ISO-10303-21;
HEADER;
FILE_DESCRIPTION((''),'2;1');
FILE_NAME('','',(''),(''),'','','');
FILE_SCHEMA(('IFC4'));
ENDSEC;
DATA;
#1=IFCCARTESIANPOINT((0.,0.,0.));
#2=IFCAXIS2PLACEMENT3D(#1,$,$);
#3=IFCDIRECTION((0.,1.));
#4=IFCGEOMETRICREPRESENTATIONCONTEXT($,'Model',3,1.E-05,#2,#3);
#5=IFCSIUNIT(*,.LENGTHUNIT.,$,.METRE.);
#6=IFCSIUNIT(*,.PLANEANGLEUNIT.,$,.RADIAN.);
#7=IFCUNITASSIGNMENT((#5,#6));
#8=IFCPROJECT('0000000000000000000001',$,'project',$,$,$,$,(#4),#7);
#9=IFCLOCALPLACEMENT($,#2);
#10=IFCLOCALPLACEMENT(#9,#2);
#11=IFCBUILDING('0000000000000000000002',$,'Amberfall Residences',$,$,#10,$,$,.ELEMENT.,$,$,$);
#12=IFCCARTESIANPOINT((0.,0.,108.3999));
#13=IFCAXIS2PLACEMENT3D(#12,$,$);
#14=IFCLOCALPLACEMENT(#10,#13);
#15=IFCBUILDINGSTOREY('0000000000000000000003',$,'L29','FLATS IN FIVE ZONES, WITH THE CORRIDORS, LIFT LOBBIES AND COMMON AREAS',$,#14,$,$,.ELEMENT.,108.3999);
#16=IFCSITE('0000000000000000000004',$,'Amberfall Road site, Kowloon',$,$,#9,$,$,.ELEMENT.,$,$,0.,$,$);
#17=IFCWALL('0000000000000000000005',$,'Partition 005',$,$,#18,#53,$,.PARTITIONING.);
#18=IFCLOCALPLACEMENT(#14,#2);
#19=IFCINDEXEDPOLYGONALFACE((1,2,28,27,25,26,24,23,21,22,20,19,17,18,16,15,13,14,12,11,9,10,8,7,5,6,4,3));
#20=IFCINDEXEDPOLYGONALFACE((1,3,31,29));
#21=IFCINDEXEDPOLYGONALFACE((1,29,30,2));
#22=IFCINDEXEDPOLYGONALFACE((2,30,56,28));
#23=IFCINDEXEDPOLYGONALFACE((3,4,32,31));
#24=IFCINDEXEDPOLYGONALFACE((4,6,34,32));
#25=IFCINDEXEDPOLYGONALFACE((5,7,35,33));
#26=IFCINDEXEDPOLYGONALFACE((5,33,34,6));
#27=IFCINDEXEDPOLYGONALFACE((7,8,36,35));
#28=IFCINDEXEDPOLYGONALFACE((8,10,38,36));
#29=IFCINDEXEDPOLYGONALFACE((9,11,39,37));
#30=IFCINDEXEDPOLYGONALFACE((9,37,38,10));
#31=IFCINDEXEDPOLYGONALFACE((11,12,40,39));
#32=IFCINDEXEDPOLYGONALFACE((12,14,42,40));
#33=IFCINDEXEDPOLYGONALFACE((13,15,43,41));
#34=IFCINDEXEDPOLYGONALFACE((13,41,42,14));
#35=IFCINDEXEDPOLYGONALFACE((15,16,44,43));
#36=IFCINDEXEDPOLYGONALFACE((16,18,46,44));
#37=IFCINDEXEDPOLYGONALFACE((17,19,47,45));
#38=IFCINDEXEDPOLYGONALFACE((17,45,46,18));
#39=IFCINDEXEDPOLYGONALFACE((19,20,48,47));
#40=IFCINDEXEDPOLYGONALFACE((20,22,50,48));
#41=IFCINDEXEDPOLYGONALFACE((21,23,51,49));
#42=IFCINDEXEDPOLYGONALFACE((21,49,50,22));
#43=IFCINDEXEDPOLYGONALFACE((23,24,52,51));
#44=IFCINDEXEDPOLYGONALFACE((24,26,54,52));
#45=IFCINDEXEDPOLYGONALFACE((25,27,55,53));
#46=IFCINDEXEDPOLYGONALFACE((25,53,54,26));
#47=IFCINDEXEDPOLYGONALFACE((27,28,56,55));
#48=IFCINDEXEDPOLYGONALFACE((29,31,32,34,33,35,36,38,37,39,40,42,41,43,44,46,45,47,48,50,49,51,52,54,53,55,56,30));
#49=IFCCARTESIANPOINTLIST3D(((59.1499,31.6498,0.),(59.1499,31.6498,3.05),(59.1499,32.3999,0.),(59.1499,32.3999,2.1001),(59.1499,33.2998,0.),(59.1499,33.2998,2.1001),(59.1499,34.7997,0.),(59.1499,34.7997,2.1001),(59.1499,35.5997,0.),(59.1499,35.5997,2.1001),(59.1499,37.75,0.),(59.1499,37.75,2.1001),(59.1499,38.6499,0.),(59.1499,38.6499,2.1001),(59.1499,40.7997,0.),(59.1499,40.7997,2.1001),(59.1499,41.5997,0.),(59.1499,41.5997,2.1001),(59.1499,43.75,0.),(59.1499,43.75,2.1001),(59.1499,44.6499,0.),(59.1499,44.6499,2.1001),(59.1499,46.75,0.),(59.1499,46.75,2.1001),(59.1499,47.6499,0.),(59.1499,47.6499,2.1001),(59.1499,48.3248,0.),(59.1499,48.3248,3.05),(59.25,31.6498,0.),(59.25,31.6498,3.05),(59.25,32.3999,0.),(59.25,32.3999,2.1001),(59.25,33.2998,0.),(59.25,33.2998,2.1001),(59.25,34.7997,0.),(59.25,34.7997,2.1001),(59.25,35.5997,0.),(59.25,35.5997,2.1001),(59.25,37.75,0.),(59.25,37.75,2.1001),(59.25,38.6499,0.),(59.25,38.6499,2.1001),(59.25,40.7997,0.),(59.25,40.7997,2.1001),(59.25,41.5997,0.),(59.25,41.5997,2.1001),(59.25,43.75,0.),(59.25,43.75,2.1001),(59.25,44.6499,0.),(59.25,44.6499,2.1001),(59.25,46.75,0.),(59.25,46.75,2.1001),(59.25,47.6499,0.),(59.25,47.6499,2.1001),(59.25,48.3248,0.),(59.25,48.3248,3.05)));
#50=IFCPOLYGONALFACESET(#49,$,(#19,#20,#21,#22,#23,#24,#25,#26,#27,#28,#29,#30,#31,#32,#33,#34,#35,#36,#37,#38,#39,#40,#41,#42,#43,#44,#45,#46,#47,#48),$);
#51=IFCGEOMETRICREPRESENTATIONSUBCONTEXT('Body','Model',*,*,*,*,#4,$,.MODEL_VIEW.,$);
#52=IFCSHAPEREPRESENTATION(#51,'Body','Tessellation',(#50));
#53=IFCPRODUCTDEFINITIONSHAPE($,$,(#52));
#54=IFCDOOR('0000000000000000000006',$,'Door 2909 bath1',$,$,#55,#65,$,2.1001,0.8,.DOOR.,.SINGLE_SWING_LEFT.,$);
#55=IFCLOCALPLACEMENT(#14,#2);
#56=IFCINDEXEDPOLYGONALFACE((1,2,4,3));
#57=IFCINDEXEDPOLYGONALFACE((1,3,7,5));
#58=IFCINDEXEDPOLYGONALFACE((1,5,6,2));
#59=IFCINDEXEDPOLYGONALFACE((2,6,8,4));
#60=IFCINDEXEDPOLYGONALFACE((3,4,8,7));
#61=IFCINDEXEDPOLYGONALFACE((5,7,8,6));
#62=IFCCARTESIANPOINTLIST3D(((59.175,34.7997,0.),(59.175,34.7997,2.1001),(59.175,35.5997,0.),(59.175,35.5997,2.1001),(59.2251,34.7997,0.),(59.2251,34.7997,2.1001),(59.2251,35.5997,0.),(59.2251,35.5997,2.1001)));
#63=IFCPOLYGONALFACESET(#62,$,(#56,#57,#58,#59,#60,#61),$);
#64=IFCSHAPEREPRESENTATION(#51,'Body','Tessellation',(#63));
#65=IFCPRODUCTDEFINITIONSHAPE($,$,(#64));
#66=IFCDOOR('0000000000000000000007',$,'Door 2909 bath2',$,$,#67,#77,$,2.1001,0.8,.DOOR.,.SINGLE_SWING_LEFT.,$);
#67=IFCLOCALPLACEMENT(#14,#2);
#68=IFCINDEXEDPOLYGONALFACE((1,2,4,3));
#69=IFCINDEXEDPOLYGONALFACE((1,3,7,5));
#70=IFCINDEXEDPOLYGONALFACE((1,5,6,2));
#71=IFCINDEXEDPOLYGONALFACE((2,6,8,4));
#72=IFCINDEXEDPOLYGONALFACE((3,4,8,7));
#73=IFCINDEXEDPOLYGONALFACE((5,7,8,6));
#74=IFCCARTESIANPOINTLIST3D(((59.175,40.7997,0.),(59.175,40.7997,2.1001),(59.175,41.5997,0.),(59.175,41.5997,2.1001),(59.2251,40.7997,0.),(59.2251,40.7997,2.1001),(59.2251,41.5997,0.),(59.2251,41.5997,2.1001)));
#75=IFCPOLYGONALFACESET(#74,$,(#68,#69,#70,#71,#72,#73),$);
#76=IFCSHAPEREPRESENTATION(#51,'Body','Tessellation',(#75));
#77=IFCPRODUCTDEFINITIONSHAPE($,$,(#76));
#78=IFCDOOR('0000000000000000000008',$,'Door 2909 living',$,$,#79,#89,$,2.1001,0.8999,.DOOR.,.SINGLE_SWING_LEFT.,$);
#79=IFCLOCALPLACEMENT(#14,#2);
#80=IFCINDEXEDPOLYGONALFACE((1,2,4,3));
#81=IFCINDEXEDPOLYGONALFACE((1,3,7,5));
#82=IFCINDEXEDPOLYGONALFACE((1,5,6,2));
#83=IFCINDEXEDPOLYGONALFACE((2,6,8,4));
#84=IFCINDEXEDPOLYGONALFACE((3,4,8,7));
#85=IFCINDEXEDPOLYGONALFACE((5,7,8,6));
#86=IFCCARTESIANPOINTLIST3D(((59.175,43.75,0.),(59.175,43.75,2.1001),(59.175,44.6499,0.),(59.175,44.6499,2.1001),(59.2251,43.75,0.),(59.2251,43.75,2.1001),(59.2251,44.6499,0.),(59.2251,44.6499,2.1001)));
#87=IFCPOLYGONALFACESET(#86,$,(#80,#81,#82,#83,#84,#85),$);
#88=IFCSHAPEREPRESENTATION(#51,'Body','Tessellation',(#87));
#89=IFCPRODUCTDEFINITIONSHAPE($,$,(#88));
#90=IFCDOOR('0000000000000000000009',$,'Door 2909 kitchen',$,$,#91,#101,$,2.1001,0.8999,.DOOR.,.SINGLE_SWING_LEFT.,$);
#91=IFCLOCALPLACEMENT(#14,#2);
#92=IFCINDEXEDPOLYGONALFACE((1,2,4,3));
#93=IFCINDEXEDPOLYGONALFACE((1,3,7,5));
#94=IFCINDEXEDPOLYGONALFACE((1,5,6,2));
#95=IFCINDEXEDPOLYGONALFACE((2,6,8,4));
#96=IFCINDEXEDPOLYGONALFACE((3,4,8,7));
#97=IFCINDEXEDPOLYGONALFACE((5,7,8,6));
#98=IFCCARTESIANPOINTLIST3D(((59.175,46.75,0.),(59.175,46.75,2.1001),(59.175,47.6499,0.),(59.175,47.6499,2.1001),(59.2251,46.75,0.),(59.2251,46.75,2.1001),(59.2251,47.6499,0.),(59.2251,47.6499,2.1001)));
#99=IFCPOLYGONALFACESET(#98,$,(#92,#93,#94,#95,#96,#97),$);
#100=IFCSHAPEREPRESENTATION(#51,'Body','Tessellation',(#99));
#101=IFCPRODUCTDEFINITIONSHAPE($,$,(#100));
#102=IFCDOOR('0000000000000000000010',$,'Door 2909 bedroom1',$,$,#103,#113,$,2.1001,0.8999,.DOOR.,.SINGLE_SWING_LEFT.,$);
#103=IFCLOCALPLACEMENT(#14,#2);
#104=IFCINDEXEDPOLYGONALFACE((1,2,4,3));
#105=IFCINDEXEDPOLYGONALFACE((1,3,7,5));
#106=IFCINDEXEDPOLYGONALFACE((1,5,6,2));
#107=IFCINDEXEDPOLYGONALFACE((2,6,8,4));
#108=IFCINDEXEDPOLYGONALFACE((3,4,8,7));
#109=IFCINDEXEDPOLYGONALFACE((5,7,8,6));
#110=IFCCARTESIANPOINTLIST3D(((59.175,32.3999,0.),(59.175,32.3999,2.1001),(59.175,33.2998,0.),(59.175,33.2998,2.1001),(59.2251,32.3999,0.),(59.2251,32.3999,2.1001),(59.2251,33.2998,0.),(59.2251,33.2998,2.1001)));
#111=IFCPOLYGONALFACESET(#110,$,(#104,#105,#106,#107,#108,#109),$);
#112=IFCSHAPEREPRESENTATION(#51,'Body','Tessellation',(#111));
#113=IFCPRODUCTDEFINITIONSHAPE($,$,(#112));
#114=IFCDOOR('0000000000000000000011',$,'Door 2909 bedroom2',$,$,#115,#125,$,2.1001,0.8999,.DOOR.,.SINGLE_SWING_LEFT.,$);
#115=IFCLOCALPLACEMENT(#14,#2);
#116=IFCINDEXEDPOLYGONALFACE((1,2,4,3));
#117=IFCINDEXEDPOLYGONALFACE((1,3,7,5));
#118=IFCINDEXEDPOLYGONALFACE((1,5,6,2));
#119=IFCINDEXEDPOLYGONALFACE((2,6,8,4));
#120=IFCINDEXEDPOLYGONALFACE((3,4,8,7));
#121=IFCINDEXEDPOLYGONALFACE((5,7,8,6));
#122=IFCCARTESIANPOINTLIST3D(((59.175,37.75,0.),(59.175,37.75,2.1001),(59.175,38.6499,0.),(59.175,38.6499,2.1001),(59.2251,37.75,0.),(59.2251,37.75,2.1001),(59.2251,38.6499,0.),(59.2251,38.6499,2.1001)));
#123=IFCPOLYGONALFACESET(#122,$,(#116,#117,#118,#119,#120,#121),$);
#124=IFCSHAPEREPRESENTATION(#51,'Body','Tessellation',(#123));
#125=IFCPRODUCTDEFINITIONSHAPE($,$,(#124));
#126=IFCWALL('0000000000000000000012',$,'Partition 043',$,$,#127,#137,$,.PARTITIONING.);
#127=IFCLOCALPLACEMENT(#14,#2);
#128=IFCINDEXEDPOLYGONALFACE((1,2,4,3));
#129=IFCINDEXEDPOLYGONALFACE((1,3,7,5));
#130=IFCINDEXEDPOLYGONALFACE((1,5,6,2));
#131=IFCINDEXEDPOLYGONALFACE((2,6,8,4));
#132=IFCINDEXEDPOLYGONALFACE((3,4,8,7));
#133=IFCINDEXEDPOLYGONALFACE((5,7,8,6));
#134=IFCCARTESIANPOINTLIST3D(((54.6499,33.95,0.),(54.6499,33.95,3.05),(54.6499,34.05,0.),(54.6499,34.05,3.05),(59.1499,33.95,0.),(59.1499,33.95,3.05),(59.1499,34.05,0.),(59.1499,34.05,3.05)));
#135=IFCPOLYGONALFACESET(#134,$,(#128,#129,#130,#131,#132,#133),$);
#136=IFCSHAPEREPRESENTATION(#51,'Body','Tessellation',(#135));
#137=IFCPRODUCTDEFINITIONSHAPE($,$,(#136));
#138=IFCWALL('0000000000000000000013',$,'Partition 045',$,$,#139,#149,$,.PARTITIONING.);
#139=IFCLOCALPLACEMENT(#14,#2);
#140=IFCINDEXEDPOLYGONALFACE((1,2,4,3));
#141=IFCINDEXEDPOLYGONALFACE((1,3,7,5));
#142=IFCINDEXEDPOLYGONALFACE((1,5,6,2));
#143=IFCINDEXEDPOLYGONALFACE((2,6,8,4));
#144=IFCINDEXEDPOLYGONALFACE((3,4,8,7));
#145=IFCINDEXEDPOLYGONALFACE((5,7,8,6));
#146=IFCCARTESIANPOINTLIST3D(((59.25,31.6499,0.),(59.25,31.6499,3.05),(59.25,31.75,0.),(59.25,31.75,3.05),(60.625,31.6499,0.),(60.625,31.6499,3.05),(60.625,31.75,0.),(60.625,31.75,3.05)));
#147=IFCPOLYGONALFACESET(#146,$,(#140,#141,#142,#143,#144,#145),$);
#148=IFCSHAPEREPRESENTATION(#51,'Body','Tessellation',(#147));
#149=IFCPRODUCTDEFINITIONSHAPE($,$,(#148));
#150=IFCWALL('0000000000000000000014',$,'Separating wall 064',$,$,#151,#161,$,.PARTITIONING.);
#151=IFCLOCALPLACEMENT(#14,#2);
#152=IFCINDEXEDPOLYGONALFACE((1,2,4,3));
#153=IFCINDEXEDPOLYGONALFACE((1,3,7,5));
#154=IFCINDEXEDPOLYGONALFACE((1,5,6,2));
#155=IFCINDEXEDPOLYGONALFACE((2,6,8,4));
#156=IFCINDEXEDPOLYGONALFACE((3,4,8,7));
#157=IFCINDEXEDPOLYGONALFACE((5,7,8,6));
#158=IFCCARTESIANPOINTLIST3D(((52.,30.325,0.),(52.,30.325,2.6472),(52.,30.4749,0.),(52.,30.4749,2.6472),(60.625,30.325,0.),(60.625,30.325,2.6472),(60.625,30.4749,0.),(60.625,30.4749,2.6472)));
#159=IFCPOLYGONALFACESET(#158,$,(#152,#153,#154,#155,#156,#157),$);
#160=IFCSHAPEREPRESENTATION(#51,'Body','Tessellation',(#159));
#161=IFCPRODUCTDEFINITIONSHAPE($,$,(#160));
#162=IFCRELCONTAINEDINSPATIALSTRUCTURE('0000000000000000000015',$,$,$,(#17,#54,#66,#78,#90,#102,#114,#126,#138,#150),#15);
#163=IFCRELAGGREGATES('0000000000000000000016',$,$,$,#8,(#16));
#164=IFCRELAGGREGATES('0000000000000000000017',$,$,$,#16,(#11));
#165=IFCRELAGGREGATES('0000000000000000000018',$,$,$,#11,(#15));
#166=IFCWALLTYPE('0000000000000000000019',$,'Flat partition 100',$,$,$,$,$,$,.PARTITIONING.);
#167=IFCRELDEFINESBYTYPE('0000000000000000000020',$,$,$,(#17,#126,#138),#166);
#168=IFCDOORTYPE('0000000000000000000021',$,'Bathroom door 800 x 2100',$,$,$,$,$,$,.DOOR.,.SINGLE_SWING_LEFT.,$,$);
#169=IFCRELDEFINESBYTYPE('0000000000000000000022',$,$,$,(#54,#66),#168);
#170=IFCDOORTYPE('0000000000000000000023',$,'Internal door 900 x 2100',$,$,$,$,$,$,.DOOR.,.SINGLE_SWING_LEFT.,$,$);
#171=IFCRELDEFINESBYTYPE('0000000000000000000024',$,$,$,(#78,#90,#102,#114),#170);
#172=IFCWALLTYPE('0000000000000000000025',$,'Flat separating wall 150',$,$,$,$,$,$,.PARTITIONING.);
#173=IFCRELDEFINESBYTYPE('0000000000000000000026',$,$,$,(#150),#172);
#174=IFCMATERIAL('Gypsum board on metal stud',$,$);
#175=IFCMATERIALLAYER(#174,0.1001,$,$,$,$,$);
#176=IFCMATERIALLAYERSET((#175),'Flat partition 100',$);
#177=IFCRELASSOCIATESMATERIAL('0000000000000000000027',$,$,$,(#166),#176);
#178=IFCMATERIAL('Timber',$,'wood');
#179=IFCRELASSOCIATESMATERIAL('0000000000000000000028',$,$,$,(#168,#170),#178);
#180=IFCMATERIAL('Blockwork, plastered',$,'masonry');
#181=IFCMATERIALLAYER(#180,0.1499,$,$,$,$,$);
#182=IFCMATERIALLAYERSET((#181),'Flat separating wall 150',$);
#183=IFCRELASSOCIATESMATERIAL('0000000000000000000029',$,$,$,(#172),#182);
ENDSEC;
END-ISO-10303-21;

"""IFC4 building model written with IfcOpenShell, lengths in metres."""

from ifc_helpers import new_model, si_unit, direction, frame, frame_2d, origin, place, context, subcontext, project, spatial, rectangle, extrude, material, layer, layer_set, type_object, element, fill, save


model = new_model("IFC4")

# Units and contexts
model_context = context("Model", 3, precision=1e-05, world=origin(), true_north=direction((0.0, 1.0)))
body_context = subcontext(model_context, "Body", "Model", "MODEL_VIEW")
ifc_project = project(units=[si_unit("LENGTHUNIT", "METRE"), si_unit("PLANEANGLEUNIT", "RADIAN")], contexts=[model_context])

# Site, building, storey
site_placement = place(None, origin())
site = spatial("IfcSite", under=ifc_project, at=site_placement, Name="Amberfall Road site, Kowloon", CompositionType="ELEMENT", RefElevation=0.0)
building_placement = place(site_placement, origin())
building = spatial("IfcBuilding", under=site, at=building_placement, Name="Amberfall Residences", CompositionType="ELEMENT")
storey_placement = place(building_placement, frame((0.0, 0.0, 108.3999)))
storey = spatial("IfcBuildingStorey", under=building, at=storey_placement, Name="L29", Description="FLATS IN FIVE ZONES, WITH THE CORRIDORS, LIFT LOBBIES AND COMMON AREAS", CompositionType="ELEMENT", Elevation=108.3999)

# Shared definitions
ifc_material_1 = material(Name="Gypsum board on metal stud")
ifc_layer_1 = layer(ifc_material_1, 0.1001)
ifc_layer_set_1 = layer_set([ifc_layer_1], Name="Flat partition 100")
wall_type_1 = type_object("IfcWallType", Name="Flat partition 100", PredefinedType="PARTITIONING", material=ifc_layer_set_1)

# Wall, openings, doors
wall_1_placement = place(storey_placement, frame((59.2, 31.6499, 0.0), z_axis=(0.0, 0.0, 1.0), x_axis=(0.0, 1.0, 0.0)))
wall_1 = element("IfcWall", 1, at=wall_1_placement, inside=storey, type_object=wall_type_1, Name="Partition 005", PredefinedType="PARTITIONING", context=body_context, shape_type="SweptSolid", body=[
    extrude(rectangle(XDim=16.675, YDim=0.1001, at=frame_2d((8.3374, 0.0))), origin(), (0.0, 0.0, 1.0), 3.05),
])
opening_1_placement = place(wall_1_placement, frame((12.1001, 0.0, 0.0)))
opening_1 = element("IfcOpeningElement", 2, at=opening_1_placement, cuts=wall_1, PredefinedType="OPENING", context=body_context, shape_type="SweptSolid", body=[
    extrude(rectangle(XDim=0.8999, YDim=2.1001, at=frame_2d((0.45, 1.05))), frame((0.0, 0.0601, 0.0), z_axis=(0.0, -1.0, 0.0), x_axis=(1.0, 0.0, 0.0)), (0.0, 0.0, 1.0), 0.1201),
])
opening_2_placement = place(wall_1_placement, frame((15.1001, 0.0, 0.0)))
opening_2 = element("IfcOpeningElement", 3, at=opening_2_placement, cuts=wall_1, PredefinedType="OPENING", context=body_context, shape_type="SweptSolid", body=[
    extrude(rectangle(XDim=0.8999, YDim=2.1001, at=frame_2d((0.45, 1.05))), frame((0.0, 0.0601, 0.0), z_axis=(0.0, -1.0, 0.0), x_axis=(1.0, 0.0, 0.0)), (0.0, 0.0, 1.0), 0.1201),
])
opening_3_placement = place(wall_1_placement, frame((0.75, 0.0, 0.0)))
opening_3 = element("IfcOpeningElement", 4, at=opening_3_placement, cuts=wall_1, PredefinedType="OPENING", context=body_context, shape_type="SweptSolid", body=[
    extrude(rectangle(XDim=0.8999, YDim=2.1001, at=frame_2d((0.45, 1.05))), frame((0.0, 0.0601, 0.0), z_axis=(0.0, -1.0, 0.0), x_axis=(1.0, 0.0, 0.0)), (0.0, 0.0, 1.0), 0.1201),
])
opening_4_placement = place(wall_1_placement, frame((6.1001, 0.0, 0.0)))
opening_4 = element("IfcOpeningElement", 5, at=opening_4_placement, cuts=wall_1, PredefinedType="OPENING", context=body_context, shape_type="SweptSolid", body=[
    extrude(rectangle(XDim=0.8999, YDim=2.1001, at=frame_2d((0.45, 1.05))), frame((0.0, 0.0601, 0.0), z_axis=(0.0, -1.0, 0.0), x_axis=(1.0, 0.0, 0.0)), (0.0, 0.0, 1.0), 0.1201),
])
opening_5_placement = place(wall_1_placement, frame((3.1499, 0.0, 0.0)))
opening_5 = element("IfcOpeningElement", 6, at=opening_5_placement, cuts=wall_1, PredefinedType="OPENING", context=body_context, shape_type="SweptSolid", body=[
    extrude(rectangle(XDim=0.8, YDim=2.1001, at=frame_2d((0.3999, 1.05))), frame((0.0, 0.0601, 0.0), z_axis=(0.0, -1.0, 0.0), x_axis=(1.0, 0.0, 0.0)), (0.0, 0.0, 1.0), 0.1201),
])
opening_6_placement = place(wall_1_placement, frame((9.1499, 0.0, 0.0)))
opening_6 = element("IfcOpeningElement", 7, at=opening_6_placement, cuts=wall_1, PredefinedType="OPENING", context=body_context, shape_type="SweptSolid", body=[
    extrude(rectangle(XDim=0.8, YDim=2.1001, at=frame_2d((0.3999, 1.05))), frame((0.0, 0.0601, 0.0), z_axis=(0.0, -1.0, 0.0), x_axis=(1.0, 0.0, 0.0)), (0.0, 0.0, 1.0), 0.1201),
])
ifc_material_2 = material(Name="Timber", Category="wood")
door_type_1 = type_object("IfcDoorType", Name="Bathroom door 800 x 2100", OperationType="SINGLE_SWING_LEFT", PredefinedType="DOOR", material=ifc_material_2)
door_1_placement = place(opening_5_placement, origin())
door_1 = element("IfcDoor", 8, at=door_1_placement, inside=storey, type_object=door_type_1, Name="Door 2909 bath1", OperationType="SINGLE_SWING_LEFT", OverallHeight=2.1001, OverallWidth=0.8, PredefinedType="DOOR", context=body_context, shape_type="SweptSolid", body=[
    extrude(rectangle(XDim=0.8, YDim=2.1001, at=frame_2d((0.3999, 1.05))), frame((0.0, 0.0249, 0.0), z_axis=(0.0, -1.0, 0.0), x_axis=(1.0, 0.0, 0.0)), (0.0, 0.0, 1.0), 0.05),
])
fill(opening_5, door_1)
door_2_placement = place(opening_6_placement, origin())
door_2 = element("IfcDoor", 9, at=door_2_placement, inside=storey, type_object=door_type_1, Name="Door 2909 bath2", OperationType="SINGLE_SWING_LEFT", OverallHeight=2.1001, OverallWidth=0.8, PredefinedType="DOOR", context=body_context, shape_type="SweptSolid", body=[
    extrude(rectangle(XDim=0.8, YDim=2.1001, at=frame_2d((0.3999, 1.05))), frame((0.0, 0.0249, 0.0), z_axis=(0.0, -1.0, 0.0), x_axis=(1.0, 0.0, 0.0)), (0.0, 0.0, 1.0), 0.05),
])
fill(opening_6, door_2)
door_type_2 = type_object("IfcDoorType", Name="Internal door 900 x 2100", OperationType="SINGLE_SWING_LEFT", PredefinedType="DOOR", material=ifc_material_2)
door_3_placement = place(opening_1_placement, origin())
door_3 = element("IfcDoor", 10, at=door_3_placement, inside=storey, type_object=door_type_2, Name="Door 2909 living", OperationType="SINGLE_SWING_LEFT", OverallHeight=2.1001, OverallWidth=0.8999, PredefinedType="DOOR", context=body_context, shape_type="SweptSolid", body=[
    extrude(rectangle(XDim=0.8999, YDim=2.1001, at=frame_2d((0.45, 1.05))), frame((0.0, 0.0249, 0.0), z_axis=(0.0, -1.0, 0.0), x_axis=(1.0, 0.0, 0.0)), (0.0, 0.0, 1.0), 0.05),
])
fill(opening_1, door_3)
door_4_placement = place(opening_2_placement, origin())
door_4 = element("IfcDoor", 11, at=door_4_placement, inside=storey, type_object=door_type_2, Name="Door 2909 kitchen", OperationType="SINGLE_SWING_LEFT", OverallHeight=2.1001, OverallWidth=0.8999, PredefinedType="DOOR", context=body_context, shape_type="SweptSolid", body=[
    extrude(rectangle(XDim=0.8999, YDim=2.1001, at=frame_2d((0.45, 1.05))), frame((0.0, 0.0249, 0.0), z_axis=(0.0, -1.0, 0.0), x_axis=(1.0, 0.0, 0.0)), (0.0, 0.0, 1.0), 0.05),
])
fill(opening_2, door_4)
door_5_placement = place(opening_3_placement, origin())
door_5 = element("IfcDoor", 12, at=door_5_placement, inside=storey, type_object=door_type_2, Name="Door 2909 bedroom1", OperationType="SINGLE_SWING_LEFT", OverallHeight=2.1001, OverallWidth=0.8999, PredefinedType="DOOR", context=body_context, shape_type="SweptSolid", body=[
    extrude(rectangle(XDim=0.8999, YDim=2.1001, at=frame_2d((0.45, 1.05))), frame((0.0, 0.0249, 0.0), z_axis=(0.0, -1.0, 0.0), x_axis=(1.0, 0.0, 0.0)), (0.0, 0.0, 1.0), 0.05),
])
fill(opening_3, door_5)
door_6_placement = place(opening_4_placement, origin())
door_6 = element("IfcDoor", 13, at=door_6_placement, inside=storey, type_object=door_type_2, Name="Door 2909 bedroom2", OperationType="SINGLE_SWING_LEFT", OverallHeight=2.1001, OverallWidth=0.8999, PredefinedType="DOOR", context=body_context, shape_type="SweptSolid", body=[
    extrude(rectangle(XDim=0.8999, YDim=2.1001, at=frame_2d((0.45, 1.05))), frame((0.0, 0.0249, 0.0), z_axis=(0.0, -1.0, 0.0), x_axis=(1.0, 0.0, 0.0)), (0.0, 0.0, 1.0), 0.05),
])
fill(opening_4, door_6)

# Walls
wall_2_placement = place(storey_placement, frame((54.6499, 34.0, 0.0), z_axis=(0.0, 0.0, 1.0), x_axis=(1.0, 0.0, 0.0)))
element("IfcWall", 14, at=wall_2_placement, inside=storey, type_object=wall_type_1, Name="Partition 043", PredefinedType="PARTITIONING", context=body_context, shape_type="SweptSolid", body=[
    extrude(rectangle(XDim=4.5, YDim=0.1001, at=frame_2d((2.25, 0.0))), origin(), (0.0, 0.0, 1.0), 3.05),
])
wall_3_placement = place(storey_placement, frame((59.25, 31.7, 0.0), z_axis=(0.0, 0.0, 1.0), x_axis=(1.0, 0.0, 0.0)))
element("IfcWall", 15, at=wall_3_placement, inside=storey, type_object=wall_type_1, Name="Partition 045", PredefinedType="PARTITIONING", context=body_context, shape_type="SweptSolid", body=[
    extrude(rectangle(XDim=1.375, YDim=0.1001, at=frame_2d((0.6875, 0.0))), origin(), (0.0, 0.0, 1.0), 3.05),
])
ifc_material_3 = material(Name="Blockwork, plastered", Category="masonry")
ifc_layer_2 = layer(ifc_material_3, 0.1499)
ifc_layer_set_2 = layer_set([ifc_layer_2], Name="Flat separating wall 150")
wall_type_2 = type_object("IfcWallType", Name="Flat separating wall 150", PredefinedType="PARTITIONING", material=ifc_layer_set_2)
wall_4_placement = place(storey_placement, frame((52.0, 30.3999, 0.0), z_axis=(0.0, 0.0, 1.0), x_axis=(1.0, 0.0, 0.0)))
element("IfcWall", 16, at=wall_4_placement, inside=storey, type_object=wall_type_2, Name="Separating wall 064", PredefinedType="PARTITIONING", context=body_context, shape_type="SweptSolid", body=[
    extrude(rectangle(XDim=8.625, YDim=0.1499, at=frame_2d((4.3125, 0.0))), origin(), (0.0, 0.0, 1.0), 2.6472),
])

save(model, "model.ifc")
